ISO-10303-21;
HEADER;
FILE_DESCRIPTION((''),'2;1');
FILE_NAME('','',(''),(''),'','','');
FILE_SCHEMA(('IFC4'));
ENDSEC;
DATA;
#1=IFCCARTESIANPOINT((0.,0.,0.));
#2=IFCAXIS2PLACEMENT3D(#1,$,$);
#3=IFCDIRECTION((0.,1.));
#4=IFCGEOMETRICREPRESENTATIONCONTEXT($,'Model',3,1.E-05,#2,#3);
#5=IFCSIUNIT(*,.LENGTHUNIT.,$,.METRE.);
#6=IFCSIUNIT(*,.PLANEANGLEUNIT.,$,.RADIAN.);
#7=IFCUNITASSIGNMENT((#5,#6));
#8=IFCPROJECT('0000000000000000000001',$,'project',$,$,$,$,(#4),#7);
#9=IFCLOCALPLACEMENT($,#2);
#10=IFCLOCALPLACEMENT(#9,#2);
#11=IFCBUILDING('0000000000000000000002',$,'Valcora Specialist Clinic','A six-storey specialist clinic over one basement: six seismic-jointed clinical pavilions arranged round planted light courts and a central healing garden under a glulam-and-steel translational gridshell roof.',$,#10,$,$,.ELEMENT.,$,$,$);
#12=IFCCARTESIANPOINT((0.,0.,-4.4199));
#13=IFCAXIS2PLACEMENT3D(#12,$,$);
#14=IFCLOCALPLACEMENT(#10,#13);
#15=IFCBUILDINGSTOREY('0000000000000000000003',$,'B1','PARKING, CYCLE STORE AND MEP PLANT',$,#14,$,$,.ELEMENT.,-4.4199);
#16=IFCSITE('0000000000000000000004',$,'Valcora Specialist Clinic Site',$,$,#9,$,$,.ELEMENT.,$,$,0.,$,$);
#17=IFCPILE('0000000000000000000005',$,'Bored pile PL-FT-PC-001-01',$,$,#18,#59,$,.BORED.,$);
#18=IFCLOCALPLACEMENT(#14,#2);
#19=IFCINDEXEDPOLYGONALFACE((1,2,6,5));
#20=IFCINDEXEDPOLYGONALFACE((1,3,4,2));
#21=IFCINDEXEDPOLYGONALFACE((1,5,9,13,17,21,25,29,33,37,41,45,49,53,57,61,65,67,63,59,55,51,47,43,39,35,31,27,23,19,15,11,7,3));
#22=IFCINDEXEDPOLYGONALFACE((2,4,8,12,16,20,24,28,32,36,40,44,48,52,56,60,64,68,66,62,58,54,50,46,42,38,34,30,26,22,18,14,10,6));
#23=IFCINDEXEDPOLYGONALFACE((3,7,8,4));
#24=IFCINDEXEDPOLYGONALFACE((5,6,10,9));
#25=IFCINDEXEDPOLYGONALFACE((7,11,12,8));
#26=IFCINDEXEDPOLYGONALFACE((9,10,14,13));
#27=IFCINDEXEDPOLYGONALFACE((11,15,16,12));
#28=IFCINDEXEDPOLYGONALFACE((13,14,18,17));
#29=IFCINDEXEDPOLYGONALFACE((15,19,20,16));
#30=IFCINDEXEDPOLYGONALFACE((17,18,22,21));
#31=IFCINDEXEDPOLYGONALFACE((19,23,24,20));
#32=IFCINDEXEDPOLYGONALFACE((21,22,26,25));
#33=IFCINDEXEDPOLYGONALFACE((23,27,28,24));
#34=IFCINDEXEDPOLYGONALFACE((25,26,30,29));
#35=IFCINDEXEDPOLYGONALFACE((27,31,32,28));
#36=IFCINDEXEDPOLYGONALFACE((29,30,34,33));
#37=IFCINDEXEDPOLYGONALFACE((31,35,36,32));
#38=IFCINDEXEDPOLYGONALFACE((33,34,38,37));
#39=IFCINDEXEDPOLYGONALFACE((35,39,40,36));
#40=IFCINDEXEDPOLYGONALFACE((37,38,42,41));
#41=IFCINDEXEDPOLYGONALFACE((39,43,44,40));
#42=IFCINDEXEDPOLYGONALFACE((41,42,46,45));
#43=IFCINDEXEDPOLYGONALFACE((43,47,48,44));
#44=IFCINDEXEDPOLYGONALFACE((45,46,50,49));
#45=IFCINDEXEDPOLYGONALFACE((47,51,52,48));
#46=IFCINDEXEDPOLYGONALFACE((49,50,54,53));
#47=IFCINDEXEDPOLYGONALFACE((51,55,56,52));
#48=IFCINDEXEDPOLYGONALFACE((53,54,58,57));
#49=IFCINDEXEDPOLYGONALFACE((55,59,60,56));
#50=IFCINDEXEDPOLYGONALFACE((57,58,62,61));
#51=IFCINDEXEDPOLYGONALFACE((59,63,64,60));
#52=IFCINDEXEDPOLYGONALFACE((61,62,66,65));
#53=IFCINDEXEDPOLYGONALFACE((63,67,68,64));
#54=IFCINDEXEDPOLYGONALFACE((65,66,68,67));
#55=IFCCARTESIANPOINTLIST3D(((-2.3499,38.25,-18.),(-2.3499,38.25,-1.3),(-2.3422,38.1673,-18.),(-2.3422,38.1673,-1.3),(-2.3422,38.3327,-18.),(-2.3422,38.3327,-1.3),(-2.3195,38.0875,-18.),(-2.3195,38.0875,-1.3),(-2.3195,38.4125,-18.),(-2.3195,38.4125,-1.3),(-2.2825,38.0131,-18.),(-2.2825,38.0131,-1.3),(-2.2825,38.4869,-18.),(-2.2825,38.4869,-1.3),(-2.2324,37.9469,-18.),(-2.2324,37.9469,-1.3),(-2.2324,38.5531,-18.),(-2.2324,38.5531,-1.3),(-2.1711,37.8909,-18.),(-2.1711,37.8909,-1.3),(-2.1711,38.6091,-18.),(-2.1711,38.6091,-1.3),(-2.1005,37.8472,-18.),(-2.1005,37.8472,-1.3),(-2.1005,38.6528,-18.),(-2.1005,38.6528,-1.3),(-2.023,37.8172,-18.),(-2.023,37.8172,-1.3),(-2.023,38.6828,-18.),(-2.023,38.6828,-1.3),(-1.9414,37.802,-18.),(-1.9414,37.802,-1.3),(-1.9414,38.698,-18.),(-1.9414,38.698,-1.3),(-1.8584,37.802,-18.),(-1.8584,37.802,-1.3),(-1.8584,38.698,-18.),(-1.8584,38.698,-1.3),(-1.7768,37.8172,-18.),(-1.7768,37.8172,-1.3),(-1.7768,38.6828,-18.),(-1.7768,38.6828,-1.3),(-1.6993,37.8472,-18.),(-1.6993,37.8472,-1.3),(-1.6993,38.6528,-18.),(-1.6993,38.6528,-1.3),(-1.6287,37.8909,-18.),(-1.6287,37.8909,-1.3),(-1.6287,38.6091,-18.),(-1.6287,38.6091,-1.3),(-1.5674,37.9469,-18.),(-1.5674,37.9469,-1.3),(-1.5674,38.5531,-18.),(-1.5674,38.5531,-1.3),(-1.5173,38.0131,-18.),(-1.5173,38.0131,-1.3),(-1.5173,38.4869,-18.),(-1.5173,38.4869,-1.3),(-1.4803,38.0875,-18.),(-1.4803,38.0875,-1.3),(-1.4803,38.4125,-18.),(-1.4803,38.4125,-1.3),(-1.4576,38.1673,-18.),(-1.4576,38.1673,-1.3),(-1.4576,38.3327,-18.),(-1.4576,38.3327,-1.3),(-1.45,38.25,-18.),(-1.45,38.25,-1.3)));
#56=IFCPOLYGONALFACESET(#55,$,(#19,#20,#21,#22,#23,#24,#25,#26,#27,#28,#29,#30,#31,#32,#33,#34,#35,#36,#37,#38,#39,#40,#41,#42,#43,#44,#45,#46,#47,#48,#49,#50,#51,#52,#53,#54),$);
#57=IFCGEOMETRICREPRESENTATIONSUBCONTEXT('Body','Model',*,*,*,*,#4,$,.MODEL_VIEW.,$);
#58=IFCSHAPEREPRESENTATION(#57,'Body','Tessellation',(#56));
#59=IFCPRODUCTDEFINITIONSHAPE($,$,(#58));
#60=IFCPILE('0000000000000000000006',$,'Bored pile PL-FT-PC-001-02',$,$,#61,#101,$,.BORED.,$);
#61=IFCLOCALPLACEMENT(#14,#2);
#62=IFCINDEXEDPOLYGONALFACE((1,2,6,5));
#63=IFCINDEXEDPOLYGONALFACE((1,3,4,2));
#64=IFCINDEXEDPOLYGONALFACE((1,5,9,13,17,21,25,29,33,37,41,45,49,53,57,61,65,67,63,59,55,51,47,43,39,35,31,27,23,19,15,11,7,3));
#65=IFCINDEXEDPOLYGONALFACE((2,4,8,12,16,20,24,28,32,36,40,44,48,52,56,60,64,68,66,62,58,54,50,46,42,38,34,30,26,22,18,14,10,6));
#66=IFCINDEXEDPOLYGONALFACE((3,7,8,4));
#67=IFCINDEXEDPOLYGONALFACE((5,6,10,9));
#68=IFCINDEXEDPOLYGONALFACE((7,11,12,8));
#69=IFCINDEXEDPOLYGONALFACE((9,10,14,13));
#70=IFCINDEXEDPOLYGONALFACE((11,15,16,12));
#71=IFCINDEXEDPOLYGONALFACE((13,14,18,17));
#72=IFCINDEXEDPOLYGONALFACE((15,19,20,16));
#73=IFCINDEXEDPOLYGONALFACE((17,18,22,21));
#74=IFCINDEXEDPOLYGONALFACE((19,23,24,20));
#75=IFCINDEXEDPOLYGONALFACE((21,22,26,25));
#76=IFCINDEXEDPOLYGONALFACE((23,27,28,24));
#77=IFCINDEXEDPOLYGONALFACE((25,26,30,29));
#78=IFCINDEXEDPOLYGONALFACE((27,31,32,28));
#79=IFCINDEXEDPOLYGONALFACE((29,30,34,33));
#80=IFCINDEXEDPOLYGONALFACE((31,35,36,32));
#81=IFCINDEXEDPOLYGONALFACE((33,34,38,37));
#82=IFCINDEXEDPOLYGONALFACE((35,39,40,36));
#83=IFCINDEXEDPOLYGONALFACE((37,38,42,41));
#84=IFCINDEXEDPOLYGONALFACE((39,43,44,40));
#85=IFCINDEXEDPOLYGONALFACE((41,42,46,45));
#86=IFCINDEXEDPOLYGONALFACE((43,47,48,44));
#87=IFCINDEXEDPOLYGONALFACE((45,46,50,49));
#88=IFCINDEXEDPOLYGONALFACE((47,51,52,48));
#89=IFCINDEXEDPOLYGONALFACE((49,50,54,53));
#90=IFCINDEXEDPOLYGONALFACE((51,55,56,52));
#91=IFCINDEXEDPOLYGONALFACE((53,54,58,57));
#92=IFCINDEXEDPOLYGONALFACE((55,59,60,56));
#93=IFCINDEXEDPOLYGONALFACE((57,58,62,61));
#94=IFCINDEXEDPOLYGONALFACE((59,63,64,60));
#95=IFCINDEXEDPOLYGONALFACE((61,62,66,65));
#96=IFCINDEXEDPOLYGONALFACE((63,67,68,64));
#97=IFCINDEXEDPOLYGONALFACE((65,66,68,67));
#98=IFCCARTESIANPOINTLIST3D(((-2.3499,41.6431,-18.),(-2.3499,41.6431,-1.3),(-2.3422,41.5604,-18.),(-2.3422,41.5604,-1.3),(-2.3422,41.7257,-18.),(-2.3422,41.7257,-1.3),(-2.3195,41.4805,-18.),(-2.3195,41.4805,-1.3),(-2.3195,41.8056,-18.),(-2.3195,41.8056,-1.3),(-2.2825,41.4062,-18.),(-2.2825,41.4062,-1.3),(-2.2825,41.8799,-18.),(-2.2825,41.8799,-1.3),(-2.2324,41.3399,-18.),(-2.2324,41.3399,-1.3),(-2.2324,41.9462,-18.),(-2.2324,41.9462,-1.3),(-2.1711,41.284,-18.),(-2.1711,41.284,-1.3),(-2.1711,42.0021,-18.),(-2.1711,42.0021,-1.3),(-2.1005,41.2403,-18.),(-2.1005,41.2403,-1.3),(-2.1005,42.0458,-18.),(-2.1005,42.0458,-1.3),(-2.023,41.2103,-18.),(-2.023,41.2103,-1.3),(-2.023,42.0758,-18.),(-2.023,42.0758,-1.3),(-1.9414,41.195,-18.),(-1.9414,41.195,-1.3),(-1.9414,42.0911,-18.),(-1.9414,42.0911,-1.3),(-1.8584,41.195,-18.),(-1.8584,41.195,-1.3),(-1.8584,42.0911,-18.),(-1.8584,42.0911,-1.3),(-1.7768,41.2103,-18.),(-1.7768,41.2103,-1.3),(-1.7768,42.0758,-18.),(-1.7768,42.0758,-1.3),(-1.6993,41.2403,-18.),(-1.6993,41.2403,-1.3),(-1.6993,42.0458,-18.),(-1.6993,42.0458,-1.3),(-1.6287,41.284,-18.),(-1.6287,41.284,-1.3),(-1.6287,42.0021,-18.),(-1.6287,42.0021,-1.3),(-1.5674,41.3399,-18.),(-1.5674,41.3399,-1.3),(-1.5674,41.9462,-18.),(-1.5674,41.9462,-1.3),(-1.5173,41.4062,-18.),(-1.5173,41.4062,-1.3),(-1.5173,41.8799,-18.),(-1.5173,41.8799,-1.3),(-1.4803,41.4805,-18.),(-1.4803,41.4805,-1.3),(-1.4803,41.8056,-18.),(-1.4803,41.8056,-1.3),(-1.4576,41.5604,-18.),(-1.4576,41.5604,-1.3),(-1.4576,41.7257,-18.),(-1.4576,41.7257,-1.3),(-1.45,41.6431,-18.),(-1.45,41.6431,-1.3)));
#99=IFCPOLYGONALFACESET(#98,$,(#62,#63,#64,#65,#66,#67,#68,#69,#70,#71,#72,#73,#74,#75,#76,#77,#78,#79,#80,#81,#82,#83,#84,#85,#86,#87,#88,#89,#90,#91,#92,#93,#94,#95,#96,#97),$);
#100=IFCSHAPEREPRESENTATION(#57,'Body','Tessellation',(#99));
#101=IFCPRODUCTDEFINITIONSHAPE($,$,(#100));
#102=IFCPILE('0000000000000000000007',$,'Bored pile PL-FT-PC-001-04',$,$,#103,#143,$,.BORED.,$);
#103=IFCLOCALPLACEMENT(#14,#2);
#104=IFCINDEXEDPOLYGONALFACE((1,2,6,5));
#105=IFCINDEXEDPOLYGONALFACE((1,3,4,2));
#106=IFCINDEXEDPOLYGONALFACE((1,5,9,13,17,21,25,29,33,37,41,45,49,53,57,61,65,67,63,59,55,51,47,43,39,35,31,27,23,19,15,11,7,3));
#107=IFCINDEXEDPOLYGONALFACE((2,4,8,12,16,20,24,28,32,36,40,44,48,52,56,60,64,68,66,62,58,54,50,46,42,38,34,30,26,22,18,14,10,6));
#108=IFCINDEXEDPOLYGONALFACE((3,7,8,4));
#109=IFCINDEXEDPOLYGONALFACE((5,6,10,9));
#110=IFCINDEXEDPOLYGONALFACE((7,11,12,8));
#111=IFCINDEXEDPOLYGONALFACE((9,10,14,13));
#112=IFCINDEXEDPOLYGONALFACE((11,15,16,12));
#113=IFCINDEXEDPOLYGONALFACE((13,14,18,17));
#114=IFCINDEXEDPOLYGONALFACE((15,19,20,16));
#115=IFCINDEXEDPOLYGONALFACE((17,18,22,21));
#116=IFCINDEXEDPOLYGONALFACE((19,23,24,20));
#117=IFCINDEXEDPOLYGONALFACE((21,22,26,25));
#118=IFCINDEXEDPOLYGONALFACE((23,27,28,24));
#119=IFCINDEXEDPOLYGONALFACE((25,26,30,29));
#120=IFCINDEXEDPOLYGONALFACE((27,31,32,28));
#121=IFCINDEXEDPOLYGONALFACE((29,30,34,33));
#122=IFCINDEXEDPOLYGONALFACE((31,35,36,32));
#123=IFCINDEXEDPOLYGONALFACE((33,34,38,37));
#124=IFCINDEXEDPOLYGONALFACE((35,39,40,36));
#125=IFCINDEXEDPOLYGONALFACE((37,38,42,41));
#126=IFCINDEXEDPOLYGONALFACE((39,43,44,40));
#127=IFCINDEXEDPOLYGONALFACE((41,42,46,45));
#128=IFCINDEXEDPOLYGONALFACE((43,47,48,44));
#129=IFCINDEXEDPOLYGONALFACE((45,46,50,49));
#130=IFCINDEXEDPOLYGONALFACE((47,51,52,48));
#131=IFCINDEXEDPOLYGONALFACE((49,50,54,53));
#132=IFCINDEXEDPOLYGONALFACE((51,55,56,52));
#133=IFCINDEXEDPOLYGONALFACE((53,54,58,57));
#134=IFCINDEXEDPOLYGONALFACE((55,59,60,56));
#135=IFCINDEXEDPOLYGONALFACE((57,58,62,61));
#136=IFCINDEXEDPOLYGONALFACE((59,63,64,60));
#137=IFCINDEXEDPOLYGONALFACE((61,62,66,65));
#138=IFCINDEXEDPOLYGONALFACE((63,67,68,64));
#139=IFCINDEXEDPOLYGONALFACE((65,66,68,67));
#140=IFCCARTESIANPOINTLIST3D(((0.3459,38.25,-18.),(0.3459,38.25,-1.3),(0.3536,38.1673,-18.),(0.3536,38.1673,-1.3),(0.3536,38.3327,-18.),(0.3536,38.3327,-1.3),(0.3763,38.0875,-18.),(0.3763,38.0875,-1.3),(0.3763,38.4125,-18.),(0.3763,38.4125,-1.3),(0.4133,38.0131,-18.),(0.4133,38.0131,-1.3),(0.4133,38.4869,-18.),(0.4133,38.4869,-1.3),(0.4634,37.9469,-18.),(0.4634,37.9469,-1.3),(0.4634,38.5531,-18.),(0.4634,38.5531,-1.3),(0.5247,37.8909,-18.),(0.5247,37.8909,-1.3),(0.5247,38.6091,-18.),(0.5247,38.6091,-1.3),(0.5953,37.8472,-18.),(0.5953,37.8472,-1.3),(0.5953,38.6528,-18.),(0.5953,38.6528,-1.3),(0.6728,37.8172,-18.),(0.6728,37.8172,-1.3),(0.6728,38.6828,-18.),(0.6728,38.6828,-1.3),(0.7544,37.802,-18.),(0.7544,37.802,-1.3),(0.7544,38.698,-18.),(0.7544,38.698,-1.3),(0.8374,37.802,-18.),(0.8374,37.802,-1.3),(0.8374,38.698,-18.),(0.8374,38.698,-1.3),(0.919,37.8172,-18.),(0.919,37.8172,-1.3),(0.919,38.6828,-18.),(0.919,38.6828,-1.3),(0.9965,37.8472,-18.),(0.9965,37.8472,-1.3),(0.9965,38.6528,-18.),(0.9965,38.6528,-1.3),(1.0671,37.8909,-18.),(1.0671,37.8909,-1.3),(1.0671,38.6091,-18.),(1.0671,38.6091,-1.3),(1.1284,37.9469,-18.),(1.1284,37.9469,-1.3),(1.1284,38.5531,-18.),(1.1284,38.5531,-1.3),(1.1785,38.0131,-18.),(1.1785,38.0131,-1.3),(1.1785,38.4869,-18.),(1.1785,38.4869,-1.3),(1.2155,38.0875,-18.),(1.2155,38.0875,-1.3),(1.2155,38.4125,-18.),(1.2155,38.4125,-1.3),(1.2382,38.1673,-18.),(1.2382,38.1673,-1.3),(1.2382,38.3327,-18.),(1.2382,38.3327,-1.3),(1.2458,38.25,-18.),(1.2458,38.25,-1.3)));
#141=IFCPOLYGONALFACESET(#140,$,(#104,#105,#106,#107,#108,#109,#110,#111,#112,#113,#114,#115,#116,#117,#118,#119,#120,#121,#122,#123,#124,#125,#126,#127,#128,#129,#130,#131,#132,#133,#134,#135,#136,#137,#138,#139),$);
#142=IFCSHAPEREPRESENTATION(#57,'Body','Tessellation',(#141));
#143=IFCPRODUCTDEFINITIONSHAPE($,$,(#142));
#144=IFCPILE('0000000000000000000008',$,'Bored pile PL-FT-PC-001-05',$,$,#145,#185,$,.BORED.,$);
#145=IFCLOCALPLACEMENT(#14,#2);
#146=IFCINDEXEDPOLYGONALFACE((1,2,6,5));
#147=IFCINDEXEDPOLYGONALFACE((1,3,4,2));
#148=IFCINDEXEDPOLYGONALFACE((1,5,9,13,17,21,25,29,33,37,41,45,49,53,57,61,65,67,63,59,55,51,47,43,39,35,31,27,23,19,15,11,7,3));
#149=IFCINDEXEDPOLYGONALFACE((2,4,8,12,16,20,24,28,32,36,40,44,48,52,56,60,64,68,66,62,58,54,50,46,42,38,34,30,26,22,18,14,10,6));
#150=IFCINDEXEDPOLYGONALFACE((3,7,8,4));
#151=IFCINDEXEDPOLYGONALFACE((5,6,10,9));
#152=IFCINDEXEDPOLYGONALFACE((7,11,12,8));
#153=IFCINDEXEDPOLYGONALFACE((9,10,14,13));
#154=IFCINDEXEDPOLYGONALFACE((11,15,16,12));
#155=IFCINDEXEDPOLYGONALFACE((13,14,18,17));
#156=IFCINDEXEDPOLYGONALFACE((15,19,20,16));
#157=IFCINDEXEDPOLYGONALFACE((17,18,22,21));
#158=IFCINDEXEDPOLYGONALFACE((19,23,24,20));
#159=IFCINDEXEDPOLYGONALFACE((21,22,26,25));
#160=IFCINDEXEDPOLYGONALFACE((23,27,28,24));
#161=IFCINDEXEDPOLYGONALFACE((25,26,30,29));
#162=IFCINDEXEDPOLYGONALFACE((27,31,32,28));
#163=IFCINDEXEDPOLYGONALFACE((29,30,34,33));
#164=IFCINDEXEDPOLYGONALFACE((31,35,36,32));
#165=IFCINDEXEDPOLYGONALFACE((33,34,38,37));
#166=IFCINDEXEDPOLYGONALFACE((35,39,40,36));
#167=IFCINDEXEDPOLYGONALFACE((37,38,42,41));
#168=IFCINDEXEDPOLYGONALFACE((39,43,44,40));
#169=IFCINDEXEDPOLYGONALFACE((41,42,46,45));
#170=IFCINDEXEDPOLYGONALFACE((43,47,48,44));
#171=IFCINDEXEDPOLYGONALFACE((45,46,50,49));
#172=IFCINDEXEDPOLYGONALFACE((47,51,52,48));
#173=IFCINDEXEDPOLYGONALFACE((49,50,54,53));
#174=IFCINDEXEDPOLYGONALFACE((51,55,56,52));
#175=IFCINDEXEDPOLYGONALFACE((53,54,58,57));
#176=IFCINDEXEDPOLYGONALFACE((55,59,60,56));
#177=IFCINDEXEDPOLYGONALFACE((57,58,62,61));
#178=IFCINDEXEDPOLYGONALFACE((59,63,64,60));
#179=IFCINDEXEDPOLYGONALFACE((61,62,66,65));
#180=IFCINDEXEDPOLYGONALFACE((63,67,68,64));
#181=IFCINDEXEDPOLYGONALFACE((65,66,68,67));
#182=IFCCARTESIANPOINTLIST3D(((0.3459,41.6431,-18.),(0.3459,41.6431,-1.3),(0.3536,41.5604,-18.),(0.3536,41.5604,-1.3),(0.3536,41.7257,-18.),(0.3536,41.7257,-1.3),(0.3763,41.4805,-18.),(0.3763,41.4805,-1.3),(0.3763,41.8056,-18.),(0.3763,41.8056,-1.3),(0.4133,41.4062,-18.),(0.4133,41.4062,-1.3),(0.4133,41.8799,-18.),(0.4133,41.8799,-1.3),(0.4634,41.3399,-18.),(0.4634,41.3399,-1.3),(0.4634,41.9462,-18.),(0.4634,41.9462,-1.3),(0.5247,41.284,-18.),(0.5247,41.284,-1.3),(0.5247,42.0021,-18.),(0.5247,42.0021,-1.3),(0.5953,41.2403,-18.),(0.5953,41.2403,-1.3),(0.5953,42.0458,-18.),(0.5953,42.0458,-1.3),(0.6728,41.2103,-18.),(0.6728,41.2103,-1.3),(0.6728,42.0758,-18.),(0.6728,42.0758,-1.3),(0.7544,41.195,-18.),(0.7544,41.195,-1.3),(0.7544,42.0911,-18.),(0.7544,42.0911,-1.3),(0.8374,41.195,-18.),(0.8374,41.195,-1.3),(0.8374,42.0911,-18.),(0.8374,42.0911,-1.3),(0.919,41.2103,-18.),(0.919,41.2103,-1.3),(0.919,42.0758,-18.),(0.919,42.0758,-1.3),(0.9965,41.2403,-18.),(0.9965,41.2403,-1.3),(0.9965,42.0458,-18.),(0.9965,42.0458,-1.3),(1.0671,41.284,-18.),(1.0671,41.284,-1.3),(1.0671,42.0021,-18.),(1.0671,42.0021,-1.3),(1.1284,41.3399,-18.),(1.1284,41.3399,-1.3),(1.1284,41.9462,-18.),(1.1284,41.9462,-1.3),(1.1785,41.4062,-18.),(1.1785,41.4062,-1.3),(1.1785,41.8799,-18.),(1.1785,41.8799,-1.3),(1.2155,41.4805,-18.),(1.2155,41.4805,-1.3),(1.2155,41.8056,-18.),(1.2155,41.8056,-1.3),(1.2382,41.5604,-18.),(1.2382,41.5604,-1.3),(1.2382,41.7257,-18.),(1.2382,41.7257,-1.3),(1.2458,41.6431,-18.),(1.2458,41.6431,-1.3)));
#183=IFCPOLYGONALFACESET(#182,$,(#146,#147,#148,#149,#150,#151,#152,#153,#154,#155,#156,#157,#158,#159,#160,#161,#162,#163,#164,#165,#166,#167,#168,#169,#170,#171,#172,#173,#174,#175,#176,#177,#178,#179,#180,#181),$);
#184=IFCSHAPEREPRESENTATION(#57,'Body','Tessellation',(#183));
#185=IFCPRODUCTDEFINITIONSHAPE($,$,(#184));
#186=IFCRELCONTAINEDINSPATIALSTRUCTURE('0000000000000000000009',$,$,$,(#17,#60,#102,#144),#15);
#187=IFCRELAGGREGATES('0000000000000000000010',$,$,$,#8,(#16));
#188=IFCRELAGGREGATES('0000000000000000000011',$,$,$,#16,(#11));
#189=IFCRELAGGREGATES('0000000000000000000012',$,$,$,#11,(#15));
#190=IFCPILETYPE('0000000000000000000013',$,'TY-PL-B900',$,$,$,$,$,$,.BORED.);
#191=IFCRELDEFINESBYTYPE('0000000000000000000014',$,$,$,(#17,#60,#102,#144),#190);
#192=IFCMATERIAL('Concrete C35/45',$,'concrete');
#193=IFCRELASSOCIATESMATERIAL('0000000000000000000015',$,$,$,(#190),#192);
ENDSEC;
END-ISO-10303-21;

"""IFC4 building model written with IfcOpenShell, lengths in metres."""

from ifc_helpers import new_model, si_unit, direction, frame, origin, origin_2d, place, context, subcontext, project, spatial, circle, extrude, material, material_profile, profile_set, type_object, element, save


model = new_model("IFC4")

# Units and contexts
model_context = context("Model", 3, precision=1e-05, world=origin(), true_north=direction((0.0, 1.0)))
body_context = subcontext(model_context, "Body", "Model", "MODEL_VIEW")
ifc_project = project(units=[si_unit("LENGTHUNIT", "METRE"), si_unit("PLANEANGLEUNIT", "RADIAN")], contexts=[model_context])

# Site, building, storey
site_placement = place(None, origin())
site = spatial("IfcSite", under=ifc_project, at=site_placement, Name="Valcora Specialist Clinic Site", CompositionType="ELEMENT", RefElevation=0.0)
building_placement = place(site_placement, origin())
building = spatial("IfcBuilding", under=site, at=building_placement, Name="Valcora Specialist Clinic", Description="A six-storey specialist clinic over one basement: six seismic-jointed clinical pavilions arranged round planted light courts and a central healing garden under a glulam-and-steel translational gridshell roof.", CompositionType="ELEMENT")
storey_placement = place(building_placement, frame((0.0, 0.0, -4.4199)))
storey = spatial("IfcBuildingStorey", under=building, at=storey_placement, Name="B1", Description="PARKING, CYCLE STORE AND MEP PLANT", CompositionType="ELEMENT", Elevation=-4.4199)

# Piles
ifc_material_1 = material(Name="Concrete C35/45", Category="concrete")
ifc_material_profile_1 = material_profile(ifc_material_1, circle(Radius=0.45, at=origin_2d()), Name="RC-PIL-D900")
ifc_profile_set_1 = profile_set([ifc_material_profile_1], Name="Concrete C35/45")
pile_type = type_object("IfcPileType", Name="TY-PL-B900", PredefinedType="BORED", material=ifc_profile_set_1)
for number, where, z_axis, x_axis, name in (
    (1, (-1.8999, 38.25, -1.3), (0.0, 0.0, -1.0), (1.0, 0.0, 0.0), "Bored pile PL-FT-PC-001-01"),
    (2, (-1.8999, 41.6431, -1.3), (0.0, 0.0, -1.0), (1.0, 0.0, 0.0), "Bored pile PL-FT-PC-001-02"),
    (3, (0.7959, 38.25, -1.3), (0.0, 0.0, -1.0), (1.0, 0.0, 0.0), "Bored pile PL-FT-PC-001-04"),
    (4, (0.7959, 41.6431, -1.3), (0.0, 0.0, -1.0), (1.0, 0.0, 0.0), "Bored pile PL-FT-PC-001-05"),
):
    element("IfcPile", number, at=place(storey_placement, frame(where, z_axis=z_axis, x_axis=x_axis)), inside=storey, type_object=pile_type, Name=name, PredefinedType="BORED", context=body_context, shape_type="SweptSolid", body=[
        extrude(circle(Radius=0.45, at=origin_2d()), origin(), (0.0, 0.0, 1.0), 16.7),
    ])

save(model, "model.ifc")
